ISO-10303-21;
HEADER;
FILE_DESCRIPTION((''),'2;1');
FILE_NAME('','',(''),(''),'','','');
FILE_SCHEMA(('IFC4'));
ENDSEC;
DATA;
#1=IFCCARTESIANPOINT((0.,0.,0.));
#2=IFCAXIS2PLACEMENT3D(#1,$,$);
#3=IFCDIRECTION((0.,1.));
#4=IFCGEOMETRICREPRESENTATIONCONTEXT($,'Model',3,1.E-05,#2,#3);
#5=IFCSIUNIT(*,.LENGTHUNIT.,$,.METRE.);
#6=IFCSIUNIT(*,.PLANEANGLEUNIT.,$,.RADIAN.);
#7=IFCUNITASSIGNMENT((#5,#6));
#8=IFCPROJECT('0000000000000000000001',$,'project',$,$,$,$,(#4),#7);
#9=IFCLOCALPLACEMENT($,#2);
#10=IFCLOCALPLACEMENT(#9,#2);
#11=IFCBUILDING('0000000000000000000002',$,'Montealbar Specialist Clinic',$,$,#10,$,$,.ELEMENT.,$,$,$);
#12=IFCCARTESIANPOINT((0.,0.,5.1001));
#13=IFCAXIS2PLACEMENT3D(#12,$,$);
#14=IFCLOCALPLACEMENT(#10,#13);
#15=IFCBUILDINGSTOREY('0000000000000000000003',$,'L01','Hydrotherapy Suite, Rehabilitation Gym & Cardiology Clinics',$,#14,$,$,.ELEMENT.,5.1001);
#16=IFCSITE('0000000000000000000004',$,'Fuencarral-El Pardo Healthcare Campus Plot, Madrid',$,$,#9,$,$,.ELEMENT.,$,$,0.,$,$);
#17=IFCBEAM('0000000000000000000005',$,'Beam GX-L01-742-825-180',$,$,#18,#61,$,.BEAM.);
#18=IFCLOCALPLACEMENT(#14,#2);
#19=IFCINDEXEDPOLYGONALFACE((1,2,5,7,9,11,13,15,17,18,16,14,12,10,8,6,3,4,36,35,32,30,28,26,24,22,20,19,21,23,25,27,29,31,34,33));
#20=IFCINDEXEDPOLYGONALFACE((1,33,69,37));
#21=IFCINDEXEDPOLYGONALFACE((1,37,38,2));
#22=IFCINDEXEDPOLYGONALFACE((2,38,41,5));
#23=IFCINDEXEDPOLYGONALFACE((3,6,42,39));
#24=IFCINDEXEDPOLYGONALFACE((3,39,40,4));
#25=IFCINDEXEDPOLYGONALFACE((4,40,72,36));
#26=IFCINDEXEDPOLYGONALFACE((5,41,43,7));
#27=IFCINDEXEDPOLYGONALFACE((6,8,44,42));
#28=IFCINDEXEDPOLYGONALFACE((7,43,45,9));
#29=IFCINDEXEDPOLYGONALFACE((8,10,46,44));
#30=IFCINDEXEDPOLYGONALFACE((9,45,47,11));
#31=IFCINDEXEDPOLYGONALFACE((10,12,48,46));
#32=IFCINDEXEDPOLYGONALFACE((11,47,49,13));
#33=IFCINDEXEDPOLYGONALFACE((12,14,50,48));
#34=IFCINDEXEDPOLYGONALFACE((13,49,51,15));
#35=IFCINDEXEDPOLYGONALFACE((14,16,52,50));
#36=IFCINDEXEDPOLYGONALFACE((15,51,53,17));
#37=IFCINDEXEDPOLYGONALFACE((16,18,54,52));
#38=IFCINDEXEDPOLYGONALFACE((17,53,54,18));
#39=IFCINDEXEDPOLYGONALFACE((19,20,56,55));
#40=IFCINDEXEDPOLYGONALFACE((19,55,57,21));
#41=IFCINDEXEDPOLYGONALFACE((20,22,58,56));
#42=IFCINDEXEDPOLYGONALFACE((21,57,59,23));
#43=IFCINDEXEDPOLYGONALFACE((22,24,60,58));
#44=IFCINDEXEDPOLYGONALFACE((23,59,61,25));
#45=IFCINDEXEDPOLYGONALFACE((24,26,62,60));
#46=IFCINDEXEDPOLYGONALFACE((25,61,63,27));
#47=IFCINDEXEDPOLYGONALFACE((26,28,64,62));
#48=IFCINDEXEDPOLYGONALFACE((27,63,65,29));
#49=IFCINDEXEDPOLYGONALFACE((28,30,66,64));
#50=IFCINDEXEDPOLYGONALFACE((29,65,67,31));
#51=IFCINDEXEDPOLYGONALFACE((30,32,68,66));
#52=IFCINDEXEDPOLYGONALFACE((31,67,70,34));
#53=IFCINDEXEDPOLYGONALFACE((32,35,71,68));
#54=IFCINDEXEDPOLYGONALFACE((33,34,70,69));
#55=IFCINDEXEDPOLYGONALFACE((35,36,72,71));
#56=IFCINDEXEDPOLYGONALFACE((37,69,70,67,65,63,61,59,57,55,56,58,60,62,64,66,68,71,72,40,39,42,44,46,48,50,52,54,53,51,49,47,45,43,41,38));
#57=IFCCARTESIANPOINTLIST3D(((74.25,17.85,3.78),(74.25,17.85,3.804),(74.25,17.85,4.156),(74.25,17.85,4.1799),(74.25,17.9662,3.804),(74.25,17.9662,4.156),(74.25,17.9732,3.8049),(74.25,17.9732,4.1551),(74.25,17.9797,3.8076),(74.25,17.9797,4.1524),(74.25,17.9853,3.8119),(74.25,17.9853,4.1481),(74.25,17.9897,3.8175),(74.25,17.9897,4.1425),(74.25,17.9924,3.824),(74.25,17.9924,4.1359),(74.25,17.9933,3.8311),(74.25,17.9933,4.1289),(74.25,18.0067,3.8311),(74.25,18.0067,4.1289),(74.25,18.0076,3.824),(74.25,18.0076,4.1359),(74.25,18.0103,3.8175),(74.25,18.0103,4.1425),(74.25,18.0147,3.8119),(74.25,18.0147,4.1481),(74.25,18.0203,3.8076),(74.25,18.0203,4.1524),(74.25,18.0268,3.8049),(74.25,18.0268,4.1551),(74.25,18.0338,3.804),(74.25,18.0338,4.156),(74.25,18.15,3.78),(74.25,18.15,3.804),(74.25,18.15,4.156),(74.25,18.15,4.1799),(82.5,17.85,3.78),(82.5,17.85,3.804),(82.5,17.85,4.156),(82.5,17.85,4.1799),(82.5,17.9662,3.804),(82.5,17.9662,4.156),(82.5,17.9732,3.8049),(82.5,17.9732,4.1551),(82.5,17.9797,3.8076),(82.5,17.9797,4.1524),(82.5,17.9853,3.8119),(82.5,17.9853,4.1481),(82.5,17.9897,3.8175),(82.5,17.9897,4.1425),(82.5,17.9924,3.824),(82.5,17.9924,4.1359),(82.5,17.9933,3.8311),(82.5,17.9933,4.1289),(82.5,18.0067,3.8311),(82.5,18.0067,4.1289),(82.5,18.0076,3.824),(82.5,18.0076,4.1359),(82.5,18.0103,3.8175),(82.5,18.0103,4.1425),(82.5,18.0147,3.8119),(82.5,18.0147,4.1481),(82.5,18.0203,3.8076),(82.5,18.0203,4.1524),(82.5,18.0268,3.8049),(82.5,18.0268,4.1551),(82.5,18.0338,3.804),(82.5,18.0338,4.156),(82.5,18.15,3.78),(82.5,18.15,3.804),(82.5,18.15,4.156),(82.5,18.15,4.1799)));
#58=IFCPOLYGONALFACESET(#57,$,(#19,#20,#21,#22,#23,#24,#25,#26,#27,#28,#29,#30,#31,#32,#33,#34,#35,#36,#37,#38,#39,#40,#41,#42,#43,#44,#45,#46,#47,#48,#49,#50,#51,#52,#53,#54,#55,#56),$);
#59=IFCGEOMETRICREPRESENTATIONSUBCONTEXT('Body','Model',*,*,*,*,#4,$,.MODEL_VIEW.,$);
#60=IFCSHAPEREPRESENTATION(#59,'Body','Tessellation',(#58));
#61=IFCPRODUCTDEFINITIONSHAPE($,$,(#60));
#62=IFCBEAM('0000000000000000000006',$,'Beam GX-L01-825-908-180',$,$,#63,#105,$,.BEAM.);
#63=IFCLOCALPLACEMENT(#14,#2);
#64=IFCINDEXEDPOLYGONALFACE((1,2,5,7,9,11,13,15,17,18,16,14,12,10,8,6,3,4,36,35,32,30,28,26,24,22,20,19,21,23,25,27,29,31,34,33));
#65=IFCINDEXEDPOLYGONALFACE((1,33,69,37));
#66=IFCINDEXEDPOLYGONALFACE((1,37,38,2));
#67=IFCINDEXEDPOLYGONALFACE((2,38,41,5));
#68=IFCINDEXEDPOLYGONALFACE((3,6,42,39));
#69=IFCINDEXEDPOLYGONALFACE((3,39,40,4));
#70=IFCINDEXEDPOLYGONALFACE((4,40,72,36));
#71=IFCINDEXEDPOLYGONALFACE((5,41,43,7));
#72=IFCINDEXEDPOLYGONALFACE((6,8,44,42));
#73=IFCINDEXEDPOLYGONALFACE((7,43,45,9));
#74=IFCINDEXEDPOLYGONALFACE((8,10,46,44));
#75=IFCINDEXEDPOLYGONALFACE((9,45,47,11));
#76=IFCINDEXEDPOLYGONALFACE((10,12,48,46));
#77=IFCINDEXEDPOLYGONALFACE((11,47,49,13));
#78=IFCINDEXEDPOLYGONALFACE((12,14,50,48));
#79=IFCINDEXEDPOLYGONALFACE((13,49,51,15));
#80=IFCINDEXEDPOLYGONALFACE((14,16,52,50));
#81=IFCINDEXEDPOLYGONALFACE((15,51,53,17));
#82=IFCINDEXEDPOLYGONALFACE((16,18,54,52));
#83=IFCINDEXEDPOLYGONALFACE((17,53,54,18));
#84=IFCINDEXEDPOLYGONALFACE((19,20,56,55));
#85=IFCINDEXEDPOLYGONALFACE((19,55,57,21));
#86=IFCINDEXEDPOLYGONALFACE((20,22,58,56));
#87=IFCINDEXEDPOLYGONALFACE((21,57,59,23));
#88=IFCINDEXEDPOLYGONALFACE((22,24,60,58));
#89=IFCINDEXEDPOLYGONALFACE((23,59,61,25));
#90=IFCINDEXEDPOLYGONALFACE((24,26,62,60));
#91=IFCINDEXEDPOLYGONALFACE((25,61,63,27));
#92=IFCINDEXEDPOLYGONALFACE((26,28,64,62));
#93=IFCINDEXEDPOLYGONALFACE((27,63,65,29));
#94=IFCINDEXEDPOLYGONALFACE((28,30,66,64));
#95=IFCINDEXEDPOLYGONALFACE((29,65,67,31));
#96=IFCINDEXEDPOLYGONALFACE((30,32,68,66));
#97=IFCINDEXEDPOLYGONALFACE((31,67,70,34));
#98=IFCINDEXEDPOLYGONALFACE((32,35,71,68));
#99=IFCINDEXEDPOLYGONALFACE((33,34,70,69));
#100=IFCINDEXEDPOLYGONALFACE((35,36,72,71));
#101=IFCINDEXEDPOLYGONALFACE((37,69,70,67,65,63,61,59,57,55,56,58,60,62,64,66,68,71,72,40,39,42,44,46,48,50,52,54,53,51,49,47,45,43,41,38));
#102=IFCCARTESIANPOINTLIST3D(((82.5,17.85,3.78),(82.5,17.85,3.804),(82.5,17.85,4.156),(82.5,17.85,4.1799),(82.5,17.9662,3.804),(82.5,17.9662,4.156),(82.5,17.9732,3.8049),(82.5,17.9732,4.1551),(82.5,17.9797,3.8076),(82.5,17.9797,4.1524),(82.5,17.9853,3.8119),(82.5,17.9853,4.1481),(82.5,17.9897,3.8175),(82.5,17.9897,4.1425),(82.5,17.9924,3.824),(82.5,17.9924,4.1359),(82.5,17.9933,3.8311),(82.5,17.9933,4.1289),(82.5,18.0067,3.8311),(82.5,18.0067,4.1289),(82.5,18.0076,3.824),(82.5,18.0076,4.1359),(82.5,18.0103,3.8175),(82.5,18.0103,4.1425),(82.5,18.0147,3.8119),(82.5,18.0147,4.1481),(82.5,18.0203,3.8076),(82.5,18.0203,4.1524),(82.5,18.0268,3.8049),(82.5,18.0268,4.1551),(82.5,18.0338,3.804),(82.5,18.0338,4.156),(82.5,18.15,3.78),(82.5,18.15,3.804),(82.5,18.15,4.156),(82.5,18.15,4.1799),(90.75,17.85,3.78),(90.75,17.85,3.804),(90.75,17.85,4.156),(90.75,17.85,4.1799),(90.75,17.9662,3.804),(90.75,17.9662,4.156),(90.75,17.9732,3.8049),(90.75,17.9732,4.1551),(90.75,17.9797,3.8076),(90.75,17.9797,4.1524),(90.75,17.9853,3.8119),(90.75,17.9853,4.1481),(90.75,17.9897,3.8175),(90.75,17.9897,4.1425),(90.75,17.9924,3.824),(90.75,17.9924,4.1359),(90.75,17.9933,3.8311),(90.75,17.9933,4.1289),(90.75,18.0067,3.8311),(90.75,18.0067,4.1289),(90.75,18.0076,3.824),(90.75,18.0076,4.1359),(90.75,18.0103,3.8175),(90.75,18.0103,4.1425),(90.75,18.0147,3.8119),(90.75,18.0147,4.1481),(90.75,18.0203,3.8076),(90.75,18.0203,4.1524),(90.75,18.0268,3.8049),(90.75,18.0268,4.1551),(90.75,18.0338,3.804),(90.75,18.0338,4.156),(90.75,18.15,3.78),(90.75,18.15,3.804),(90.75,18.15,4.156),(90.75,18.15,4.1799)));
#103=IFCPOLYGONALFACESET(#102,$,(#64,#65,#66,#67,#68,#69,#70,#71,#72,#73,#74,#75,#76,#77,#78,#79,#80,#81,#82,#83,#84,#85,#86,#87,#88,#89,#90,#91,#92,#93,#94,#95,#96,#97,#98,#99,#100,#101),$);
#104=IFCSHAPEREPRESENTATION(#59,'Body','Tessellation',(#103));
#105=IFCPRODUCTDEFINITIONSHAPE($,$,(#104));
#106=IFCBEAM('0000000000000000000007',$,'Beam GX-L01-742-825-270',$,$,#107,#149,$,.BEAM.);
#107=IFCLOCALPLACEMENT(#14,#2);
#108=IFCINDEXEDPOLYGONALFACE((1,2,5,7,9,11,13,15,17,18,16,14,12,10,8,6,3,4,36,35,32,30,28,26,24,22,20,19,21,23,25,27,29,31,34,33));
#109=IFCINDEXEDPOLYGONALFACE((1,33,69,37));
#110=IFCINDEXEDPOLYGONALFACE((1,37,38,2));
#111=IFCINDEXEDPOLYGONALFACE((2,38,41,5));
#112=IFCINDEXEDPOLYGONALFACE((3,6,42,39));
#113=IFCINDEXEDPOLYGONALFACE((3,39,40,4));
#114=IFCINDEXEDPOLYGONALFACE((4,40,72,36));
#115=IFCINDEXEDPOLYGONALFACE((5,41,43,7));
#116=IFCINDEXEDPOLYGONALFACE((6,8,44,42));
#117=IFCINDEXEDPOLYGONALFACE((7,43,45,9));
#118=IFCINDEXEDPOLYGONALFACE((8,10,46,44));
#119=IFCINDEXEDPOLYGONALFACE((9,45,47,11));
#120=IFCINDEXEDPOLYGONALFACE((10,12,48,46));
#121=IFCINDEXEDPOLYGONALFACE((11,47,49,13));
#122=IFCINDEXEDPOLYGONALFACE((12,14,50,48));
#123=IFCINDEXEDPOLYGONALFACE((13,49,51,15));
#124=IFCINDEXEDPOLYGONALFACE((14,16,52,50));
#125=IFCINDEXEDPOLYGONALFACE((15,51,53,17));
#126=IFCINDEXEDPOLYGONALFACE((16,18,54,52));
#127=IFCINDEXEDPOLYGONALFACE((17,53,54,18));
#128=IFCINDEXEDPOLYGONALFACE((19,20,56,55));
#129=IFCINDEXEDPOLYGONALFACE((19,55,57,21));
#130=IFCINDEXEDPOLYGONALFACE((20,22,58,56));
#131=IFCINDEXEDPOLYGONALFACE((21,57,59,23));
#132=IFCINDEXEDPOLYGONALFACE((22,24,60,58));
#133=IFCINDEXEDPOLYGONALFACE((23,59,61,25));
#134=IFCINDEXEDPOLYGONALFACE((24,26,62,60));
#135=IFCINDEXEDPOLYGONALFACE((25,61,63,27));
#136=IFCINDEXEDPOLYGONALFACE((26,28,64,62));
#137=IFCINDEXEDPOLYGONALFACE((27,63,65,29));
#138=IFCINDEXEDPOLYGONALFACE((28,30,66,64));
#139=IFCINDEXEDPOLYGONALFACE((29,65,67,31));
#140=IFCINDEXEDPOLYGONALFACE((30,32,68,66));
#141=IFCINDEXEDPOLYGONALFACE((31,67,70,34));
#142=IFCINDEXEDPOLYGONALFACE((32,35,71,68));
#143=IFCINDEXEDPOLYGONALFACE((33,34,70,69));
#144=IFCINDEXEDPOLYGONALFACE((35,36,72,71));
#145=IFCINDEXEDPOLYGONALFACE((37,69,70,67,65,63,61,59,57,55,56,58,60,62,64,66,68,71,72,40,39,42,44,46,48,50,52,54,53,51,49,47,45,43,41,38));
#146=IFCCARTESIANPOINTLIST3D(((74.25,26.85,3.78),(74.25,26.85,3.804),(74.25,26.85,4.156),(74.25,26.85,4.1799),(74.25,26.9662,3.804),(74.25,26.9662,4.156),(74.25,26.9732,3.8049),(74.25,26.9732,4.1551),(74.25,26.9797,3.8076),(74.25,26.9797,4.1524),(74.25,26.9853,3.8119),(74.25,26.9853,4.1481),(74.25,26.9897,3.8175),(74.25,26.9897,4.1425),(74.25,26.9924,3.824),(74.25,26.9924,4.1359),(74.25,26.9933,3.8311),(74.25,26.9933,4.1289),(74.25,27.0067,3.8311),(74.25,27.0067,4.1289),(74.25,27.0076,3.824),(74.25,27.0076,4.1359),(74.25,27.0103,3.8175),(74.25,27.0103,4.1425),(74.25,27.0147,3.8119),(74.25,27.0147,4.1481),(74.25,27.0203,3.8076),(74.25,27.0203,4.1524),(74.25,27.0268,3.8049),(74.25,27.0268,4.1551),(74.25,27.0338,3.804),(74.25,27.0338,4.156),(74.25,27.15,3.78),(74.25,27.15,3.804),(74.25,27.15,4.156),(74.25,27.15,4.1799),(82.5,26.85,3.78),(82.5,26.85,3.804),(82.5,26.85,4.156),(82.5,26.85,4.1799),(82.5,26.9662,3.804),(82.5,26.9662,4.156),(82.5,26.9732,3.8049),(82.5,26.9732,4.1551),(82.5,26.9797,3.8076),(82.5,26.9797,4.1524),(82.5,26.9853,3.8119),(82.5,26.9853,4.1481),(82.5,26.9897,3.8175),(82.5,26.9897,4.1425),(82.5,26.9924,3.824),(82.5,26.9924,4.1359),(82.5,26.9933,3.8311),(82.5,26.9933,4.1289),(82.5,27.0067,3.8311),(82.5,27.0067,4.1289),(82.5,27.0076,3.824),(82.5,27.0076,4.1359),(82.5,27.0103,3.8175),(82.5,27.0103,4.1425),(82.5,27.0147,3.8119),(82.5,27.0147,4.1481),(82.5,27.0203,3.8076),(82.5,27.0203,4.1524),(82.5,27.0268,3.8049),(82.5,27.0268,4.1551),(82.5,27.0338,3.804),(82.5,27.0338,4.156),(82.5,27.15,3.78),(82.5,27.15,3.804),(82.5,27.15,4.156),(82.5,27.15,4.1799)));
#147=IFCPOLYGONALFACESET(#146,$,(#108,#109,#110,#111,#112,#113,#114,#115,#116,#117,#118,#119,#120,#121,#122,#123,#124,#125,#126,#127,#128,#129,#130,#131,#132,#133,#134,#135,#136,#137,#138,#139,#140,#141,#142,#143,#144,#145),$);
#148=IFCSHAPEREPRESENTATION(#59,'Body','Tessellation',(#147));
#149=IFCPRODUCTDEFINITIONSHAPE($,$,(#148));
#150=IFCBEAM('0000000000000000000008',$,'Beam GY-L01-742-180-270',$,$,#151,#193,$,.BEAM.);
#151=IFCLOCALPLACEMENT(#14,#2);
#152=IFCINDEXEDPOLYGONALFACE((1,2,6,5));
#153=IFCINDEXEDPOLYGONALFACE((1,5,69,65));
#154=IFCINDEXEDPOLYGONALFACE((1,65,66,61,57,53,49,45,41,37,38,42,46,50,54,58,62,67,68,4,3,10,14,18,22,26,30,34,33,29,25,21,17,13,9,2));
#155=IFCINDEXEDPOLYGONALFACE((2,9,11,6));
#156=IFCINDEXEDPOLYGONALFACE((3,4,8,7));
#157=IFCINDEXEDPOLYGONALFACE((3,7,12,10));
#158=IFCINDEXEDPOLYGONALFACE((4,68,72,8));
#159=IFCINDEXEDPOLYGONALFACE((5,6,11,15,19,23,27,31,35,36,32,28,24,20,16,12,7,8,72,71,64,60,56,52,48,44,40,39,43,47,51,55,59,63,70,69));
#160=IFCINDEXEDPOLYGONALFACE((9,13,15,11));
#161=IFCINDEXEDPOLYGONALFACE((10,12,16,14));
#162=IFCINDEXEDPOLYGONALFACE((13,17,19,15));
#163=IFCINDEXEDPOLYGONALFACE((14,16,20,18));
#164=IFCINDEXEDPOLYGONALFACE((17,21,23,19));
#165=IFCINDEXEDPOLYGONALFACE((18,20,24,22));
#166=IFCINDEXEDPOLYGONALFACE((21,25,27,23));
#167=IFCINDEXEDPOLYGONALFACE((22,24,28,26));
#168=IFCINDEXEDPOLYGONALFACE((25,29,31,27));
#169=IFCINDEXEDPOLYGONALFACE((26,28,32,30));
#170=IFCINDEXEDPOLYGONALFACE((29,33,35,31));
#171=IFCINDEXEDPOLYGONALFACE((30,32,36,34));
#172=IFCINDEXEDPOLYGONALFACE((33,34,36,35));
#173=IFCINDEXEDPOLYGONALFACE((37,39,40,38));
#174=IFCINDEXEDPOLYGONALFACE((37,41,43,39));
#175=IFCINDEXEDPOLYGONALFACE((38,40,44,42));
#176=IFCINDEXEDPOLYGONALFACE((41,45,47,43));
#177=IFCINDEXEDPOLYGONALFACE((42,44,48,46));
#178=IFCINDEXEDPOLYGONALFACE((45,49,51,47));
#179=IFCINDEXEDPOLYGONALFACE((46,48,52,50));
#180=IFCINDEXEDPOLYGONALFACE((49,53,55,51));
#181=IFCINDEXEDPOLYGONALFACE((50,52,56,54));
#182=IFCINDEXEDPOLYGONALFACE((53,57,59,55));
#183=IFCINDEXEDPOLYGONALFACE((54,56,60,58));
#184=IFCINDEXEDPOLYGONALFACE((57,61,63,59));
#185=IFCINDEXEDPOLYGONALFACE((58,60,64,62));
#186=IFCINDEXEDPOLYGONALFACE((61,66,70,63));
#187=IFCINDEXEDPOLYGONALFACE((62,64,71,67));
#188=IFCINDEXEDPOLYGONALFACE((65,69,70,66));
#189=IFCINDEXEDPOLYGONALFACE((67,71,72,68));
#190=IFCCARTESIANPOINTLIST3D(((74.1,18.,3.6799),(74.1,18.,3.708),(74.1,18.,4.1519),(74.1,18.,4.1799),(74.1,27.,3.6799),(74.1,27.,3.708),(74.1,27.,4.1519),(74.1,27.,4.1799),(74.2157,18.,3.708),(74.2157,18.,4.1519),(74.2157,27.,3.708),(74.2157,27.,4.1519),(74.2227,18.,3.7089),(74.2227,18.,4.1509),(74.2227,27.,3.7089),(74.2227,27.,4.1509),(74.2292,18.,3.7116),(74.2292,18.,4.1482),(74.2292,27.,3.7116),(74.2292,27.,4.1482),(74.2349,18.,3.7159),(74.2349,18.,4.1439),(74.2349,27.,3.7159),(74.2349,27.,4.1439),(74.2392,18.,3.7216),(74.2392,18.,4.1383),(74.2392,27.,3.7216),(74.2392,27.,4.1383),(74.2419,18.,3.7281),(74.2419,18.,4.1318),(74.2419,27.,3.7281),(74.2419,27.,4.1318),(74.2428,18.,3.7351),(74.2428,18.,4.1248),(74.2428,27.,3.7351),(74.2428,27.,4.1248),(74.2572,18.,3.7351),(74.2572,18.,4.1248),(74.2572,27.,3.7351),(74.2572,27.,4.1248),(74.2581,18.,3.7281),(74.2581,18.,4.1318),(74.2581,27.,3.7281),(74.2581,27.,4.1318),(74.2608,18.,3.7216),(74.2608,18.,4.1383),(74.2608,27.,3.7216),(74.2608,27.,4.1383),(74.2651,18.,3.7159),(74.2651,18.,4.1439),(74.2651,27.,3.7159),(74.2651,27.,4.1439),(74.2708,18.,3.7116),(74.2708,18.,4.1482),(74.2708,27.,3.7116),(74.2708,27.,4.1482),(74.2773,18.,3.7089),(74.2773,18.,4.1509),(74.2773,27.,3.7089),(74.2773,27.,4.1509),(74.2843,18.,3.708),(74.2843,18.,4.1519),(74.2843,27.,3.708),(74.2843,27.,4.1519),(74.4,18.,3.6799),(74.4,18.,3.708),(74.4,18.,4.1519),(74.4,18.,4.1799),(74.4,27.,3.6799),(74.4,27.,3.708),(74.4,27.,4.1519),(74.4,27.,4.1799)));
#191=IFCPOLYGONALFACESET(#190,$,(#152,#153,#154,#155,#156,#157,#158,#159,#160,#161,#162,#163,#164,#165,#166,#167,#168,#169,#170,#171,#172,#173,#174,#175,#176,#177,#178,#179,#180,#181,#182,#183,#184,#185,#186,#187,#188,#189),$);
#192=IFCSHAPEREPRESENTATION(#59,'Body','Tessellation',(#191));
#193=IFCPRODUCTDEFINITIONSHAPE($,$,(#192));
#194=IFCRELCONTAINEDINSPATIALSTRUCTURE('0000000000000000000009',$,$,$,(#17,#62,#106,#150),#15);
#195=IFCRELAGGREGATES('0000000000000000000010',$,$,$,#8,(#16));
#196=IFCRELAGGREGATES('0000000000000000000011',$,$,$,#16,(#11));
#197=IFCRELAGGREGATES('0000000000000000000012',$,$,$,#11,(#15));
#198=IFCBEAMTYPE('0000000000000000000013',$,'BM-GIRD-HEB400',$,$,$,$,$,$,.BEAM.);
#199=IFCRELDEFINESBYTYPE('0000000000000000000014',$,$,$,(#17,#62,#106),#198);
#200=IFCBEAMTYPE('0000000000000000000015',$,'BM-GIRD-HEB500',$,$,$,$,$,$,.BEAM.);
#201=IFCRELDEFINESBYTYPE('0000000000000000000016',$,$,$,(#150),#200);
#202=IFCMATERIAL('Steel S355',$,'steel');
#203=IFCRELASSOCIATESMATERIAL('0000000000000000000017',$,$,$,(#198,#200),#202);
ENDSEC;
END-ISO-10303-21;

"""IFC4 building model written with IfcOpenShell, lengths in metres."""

from ifc_helpers import new_model, si_unit, direction, frame, origin, origin_2d, place, context, subcontext, project, spatial, i_section, extrude, material, material_profile, profile_set, type_object, element, save


model = new_model("IFC4")

# Units and contexts
model_context = context("Model", 3, precision=1e-05, world=origin(), true_north=direction((0.0, 1.0)))
body_context = subcontext(model_context, "Body", "Model", "MODEL_VIEW")
ifc_project = project(units=[si_unit("LENGTHUNIT", "METRE"), si_unit("PLANEANGLEUNIT", "RADIAN")], contexts=[model_context])

# Site, building, storey
site_placement = place(None, origin())
site = spatial("IfcSite", under=ifc_project, at=site_placement, Name="Fuencarral-El Pardo Healthcare Campus Plot, Madrid", CompositionType="ELEMENT", RefElevation=0.0)
building_placement = place(site_placement, origin())
building = spatial("IfcBuilding", under=site, at=building_placement, Name="Montealbar Specialist Clinic", CompositionType="ELEMENT")
storey_placement = place(building_placement, frame((0.0, 0.0, 5.1001)))
storey = spatial("IfcBuildingStorey", under=building, at=storey_placement, Name="L01", Description="Hydrotherapy Suite, Rehabilitation Gym & Cardiology Clinics", CompositionType="ELEMENT", Elevation=5.1001)

# Shared definitions
ifc_material_1 = material(Name="Steel S355", Category="steel")

# Beams
ifc_material_profile_1 = material_profile(ifc_material_1, i_section(OverallWidth=0.3, OverallDepth=0.3999, WebThickness=0.0134, FlangeThickness=0.0239, FilletRadius=0.0271, at=origin_2d()), Name="HEB 400", Category="steel")
ifc_profile_set_1 = profile_set([ifc_material_profile_1], Name="Steel S355")
beam_type_1 = type_object("IfcBeamType", Name="BM-GIRD-HEB400", PredefinedType="BEAM", material=ifc_profile_set_1)
for number, where, z_axis, x_axis, name in (
    (1, (74.25, 18.0, 3.98), (1.0, 0.0, 0.0), (0.0, 1.0, 0.0), "Beam GX-L01-742-825-180"),
    (2, (82.5, 18.0, 3.98), (1.0, 0.0, 0.0), (0.0, 1.0, 0.0), "Beam GX-L01-825-908-180"),
    (3, (74.25, 27.0, 3.98), (1.0, 0.0, 0.0), (0.0, 1.0, 0.0), "Beam GX-L01-742-825-270"),
):
    element("IfcBeam", number, at=place(storey_placement, frame(where, z_axis=z_axis, x_axis=x_axis)), inside=storey, type_object=beam_type_1, Name=name, PredefinedType="BEAM", context=body_context, shape_type="SweptSolid", body=[
        extrude(i_section(OverallWidth=0.3, OverallDepth=0.3999, WebThickness=0.0134, FlangeThickness=0.0239, FilletRadius=0.0271, at=origin_2d()), origin(), (0.0, 0.0, 1.0), 8.25),
    ])
ifc_material_profile_2 = material_profile(ifc_material_1, i_section(OverallWidth=0.3, OverallDepth=0.5, WebThickness=0.0144, FlangeThickness=0.0281, FilletRadius=0.0271, at=origin_2d()), Name="HEB 500", Category="steel")
ifc_profile_set_2 = profile_set([ifc_material_profile_2], Name="Steel S355")
beam_type_2 = type_object("IfcBeamType", Name="BM-GIRD-HEB500", PredefinedType="BEAM", material=ifc_profile_set_2)
for number, where, z_axis, x_axis, name in (
    (4, (74.25, 18.0, 3.9299), (0.0, 1.0, 0.0), (-1.0, 0.0, 0.0), "Beam GY-L01-742-180-270"),
):
    element("IfcBeam", number, at=place(storey_placement, frame(where, z_axis=z_axis, x_axis=x_axis)), inside=storey, type_object=beam_type_2, Name=name, PredefinedType="BEAM", context=body_context, shape_type="SweptSolid", body=[
        extrude(i_section(OverallWidth=0.3, OverallDepth=0.5, WebThickness=0.0144, FlangeThickness=0.0281, FilletRadius=0.0271, at=origin_2d()), origin(), (0.0, 0.0, 1.0), 9.0),
    ])

save(model, "model.ifc")
